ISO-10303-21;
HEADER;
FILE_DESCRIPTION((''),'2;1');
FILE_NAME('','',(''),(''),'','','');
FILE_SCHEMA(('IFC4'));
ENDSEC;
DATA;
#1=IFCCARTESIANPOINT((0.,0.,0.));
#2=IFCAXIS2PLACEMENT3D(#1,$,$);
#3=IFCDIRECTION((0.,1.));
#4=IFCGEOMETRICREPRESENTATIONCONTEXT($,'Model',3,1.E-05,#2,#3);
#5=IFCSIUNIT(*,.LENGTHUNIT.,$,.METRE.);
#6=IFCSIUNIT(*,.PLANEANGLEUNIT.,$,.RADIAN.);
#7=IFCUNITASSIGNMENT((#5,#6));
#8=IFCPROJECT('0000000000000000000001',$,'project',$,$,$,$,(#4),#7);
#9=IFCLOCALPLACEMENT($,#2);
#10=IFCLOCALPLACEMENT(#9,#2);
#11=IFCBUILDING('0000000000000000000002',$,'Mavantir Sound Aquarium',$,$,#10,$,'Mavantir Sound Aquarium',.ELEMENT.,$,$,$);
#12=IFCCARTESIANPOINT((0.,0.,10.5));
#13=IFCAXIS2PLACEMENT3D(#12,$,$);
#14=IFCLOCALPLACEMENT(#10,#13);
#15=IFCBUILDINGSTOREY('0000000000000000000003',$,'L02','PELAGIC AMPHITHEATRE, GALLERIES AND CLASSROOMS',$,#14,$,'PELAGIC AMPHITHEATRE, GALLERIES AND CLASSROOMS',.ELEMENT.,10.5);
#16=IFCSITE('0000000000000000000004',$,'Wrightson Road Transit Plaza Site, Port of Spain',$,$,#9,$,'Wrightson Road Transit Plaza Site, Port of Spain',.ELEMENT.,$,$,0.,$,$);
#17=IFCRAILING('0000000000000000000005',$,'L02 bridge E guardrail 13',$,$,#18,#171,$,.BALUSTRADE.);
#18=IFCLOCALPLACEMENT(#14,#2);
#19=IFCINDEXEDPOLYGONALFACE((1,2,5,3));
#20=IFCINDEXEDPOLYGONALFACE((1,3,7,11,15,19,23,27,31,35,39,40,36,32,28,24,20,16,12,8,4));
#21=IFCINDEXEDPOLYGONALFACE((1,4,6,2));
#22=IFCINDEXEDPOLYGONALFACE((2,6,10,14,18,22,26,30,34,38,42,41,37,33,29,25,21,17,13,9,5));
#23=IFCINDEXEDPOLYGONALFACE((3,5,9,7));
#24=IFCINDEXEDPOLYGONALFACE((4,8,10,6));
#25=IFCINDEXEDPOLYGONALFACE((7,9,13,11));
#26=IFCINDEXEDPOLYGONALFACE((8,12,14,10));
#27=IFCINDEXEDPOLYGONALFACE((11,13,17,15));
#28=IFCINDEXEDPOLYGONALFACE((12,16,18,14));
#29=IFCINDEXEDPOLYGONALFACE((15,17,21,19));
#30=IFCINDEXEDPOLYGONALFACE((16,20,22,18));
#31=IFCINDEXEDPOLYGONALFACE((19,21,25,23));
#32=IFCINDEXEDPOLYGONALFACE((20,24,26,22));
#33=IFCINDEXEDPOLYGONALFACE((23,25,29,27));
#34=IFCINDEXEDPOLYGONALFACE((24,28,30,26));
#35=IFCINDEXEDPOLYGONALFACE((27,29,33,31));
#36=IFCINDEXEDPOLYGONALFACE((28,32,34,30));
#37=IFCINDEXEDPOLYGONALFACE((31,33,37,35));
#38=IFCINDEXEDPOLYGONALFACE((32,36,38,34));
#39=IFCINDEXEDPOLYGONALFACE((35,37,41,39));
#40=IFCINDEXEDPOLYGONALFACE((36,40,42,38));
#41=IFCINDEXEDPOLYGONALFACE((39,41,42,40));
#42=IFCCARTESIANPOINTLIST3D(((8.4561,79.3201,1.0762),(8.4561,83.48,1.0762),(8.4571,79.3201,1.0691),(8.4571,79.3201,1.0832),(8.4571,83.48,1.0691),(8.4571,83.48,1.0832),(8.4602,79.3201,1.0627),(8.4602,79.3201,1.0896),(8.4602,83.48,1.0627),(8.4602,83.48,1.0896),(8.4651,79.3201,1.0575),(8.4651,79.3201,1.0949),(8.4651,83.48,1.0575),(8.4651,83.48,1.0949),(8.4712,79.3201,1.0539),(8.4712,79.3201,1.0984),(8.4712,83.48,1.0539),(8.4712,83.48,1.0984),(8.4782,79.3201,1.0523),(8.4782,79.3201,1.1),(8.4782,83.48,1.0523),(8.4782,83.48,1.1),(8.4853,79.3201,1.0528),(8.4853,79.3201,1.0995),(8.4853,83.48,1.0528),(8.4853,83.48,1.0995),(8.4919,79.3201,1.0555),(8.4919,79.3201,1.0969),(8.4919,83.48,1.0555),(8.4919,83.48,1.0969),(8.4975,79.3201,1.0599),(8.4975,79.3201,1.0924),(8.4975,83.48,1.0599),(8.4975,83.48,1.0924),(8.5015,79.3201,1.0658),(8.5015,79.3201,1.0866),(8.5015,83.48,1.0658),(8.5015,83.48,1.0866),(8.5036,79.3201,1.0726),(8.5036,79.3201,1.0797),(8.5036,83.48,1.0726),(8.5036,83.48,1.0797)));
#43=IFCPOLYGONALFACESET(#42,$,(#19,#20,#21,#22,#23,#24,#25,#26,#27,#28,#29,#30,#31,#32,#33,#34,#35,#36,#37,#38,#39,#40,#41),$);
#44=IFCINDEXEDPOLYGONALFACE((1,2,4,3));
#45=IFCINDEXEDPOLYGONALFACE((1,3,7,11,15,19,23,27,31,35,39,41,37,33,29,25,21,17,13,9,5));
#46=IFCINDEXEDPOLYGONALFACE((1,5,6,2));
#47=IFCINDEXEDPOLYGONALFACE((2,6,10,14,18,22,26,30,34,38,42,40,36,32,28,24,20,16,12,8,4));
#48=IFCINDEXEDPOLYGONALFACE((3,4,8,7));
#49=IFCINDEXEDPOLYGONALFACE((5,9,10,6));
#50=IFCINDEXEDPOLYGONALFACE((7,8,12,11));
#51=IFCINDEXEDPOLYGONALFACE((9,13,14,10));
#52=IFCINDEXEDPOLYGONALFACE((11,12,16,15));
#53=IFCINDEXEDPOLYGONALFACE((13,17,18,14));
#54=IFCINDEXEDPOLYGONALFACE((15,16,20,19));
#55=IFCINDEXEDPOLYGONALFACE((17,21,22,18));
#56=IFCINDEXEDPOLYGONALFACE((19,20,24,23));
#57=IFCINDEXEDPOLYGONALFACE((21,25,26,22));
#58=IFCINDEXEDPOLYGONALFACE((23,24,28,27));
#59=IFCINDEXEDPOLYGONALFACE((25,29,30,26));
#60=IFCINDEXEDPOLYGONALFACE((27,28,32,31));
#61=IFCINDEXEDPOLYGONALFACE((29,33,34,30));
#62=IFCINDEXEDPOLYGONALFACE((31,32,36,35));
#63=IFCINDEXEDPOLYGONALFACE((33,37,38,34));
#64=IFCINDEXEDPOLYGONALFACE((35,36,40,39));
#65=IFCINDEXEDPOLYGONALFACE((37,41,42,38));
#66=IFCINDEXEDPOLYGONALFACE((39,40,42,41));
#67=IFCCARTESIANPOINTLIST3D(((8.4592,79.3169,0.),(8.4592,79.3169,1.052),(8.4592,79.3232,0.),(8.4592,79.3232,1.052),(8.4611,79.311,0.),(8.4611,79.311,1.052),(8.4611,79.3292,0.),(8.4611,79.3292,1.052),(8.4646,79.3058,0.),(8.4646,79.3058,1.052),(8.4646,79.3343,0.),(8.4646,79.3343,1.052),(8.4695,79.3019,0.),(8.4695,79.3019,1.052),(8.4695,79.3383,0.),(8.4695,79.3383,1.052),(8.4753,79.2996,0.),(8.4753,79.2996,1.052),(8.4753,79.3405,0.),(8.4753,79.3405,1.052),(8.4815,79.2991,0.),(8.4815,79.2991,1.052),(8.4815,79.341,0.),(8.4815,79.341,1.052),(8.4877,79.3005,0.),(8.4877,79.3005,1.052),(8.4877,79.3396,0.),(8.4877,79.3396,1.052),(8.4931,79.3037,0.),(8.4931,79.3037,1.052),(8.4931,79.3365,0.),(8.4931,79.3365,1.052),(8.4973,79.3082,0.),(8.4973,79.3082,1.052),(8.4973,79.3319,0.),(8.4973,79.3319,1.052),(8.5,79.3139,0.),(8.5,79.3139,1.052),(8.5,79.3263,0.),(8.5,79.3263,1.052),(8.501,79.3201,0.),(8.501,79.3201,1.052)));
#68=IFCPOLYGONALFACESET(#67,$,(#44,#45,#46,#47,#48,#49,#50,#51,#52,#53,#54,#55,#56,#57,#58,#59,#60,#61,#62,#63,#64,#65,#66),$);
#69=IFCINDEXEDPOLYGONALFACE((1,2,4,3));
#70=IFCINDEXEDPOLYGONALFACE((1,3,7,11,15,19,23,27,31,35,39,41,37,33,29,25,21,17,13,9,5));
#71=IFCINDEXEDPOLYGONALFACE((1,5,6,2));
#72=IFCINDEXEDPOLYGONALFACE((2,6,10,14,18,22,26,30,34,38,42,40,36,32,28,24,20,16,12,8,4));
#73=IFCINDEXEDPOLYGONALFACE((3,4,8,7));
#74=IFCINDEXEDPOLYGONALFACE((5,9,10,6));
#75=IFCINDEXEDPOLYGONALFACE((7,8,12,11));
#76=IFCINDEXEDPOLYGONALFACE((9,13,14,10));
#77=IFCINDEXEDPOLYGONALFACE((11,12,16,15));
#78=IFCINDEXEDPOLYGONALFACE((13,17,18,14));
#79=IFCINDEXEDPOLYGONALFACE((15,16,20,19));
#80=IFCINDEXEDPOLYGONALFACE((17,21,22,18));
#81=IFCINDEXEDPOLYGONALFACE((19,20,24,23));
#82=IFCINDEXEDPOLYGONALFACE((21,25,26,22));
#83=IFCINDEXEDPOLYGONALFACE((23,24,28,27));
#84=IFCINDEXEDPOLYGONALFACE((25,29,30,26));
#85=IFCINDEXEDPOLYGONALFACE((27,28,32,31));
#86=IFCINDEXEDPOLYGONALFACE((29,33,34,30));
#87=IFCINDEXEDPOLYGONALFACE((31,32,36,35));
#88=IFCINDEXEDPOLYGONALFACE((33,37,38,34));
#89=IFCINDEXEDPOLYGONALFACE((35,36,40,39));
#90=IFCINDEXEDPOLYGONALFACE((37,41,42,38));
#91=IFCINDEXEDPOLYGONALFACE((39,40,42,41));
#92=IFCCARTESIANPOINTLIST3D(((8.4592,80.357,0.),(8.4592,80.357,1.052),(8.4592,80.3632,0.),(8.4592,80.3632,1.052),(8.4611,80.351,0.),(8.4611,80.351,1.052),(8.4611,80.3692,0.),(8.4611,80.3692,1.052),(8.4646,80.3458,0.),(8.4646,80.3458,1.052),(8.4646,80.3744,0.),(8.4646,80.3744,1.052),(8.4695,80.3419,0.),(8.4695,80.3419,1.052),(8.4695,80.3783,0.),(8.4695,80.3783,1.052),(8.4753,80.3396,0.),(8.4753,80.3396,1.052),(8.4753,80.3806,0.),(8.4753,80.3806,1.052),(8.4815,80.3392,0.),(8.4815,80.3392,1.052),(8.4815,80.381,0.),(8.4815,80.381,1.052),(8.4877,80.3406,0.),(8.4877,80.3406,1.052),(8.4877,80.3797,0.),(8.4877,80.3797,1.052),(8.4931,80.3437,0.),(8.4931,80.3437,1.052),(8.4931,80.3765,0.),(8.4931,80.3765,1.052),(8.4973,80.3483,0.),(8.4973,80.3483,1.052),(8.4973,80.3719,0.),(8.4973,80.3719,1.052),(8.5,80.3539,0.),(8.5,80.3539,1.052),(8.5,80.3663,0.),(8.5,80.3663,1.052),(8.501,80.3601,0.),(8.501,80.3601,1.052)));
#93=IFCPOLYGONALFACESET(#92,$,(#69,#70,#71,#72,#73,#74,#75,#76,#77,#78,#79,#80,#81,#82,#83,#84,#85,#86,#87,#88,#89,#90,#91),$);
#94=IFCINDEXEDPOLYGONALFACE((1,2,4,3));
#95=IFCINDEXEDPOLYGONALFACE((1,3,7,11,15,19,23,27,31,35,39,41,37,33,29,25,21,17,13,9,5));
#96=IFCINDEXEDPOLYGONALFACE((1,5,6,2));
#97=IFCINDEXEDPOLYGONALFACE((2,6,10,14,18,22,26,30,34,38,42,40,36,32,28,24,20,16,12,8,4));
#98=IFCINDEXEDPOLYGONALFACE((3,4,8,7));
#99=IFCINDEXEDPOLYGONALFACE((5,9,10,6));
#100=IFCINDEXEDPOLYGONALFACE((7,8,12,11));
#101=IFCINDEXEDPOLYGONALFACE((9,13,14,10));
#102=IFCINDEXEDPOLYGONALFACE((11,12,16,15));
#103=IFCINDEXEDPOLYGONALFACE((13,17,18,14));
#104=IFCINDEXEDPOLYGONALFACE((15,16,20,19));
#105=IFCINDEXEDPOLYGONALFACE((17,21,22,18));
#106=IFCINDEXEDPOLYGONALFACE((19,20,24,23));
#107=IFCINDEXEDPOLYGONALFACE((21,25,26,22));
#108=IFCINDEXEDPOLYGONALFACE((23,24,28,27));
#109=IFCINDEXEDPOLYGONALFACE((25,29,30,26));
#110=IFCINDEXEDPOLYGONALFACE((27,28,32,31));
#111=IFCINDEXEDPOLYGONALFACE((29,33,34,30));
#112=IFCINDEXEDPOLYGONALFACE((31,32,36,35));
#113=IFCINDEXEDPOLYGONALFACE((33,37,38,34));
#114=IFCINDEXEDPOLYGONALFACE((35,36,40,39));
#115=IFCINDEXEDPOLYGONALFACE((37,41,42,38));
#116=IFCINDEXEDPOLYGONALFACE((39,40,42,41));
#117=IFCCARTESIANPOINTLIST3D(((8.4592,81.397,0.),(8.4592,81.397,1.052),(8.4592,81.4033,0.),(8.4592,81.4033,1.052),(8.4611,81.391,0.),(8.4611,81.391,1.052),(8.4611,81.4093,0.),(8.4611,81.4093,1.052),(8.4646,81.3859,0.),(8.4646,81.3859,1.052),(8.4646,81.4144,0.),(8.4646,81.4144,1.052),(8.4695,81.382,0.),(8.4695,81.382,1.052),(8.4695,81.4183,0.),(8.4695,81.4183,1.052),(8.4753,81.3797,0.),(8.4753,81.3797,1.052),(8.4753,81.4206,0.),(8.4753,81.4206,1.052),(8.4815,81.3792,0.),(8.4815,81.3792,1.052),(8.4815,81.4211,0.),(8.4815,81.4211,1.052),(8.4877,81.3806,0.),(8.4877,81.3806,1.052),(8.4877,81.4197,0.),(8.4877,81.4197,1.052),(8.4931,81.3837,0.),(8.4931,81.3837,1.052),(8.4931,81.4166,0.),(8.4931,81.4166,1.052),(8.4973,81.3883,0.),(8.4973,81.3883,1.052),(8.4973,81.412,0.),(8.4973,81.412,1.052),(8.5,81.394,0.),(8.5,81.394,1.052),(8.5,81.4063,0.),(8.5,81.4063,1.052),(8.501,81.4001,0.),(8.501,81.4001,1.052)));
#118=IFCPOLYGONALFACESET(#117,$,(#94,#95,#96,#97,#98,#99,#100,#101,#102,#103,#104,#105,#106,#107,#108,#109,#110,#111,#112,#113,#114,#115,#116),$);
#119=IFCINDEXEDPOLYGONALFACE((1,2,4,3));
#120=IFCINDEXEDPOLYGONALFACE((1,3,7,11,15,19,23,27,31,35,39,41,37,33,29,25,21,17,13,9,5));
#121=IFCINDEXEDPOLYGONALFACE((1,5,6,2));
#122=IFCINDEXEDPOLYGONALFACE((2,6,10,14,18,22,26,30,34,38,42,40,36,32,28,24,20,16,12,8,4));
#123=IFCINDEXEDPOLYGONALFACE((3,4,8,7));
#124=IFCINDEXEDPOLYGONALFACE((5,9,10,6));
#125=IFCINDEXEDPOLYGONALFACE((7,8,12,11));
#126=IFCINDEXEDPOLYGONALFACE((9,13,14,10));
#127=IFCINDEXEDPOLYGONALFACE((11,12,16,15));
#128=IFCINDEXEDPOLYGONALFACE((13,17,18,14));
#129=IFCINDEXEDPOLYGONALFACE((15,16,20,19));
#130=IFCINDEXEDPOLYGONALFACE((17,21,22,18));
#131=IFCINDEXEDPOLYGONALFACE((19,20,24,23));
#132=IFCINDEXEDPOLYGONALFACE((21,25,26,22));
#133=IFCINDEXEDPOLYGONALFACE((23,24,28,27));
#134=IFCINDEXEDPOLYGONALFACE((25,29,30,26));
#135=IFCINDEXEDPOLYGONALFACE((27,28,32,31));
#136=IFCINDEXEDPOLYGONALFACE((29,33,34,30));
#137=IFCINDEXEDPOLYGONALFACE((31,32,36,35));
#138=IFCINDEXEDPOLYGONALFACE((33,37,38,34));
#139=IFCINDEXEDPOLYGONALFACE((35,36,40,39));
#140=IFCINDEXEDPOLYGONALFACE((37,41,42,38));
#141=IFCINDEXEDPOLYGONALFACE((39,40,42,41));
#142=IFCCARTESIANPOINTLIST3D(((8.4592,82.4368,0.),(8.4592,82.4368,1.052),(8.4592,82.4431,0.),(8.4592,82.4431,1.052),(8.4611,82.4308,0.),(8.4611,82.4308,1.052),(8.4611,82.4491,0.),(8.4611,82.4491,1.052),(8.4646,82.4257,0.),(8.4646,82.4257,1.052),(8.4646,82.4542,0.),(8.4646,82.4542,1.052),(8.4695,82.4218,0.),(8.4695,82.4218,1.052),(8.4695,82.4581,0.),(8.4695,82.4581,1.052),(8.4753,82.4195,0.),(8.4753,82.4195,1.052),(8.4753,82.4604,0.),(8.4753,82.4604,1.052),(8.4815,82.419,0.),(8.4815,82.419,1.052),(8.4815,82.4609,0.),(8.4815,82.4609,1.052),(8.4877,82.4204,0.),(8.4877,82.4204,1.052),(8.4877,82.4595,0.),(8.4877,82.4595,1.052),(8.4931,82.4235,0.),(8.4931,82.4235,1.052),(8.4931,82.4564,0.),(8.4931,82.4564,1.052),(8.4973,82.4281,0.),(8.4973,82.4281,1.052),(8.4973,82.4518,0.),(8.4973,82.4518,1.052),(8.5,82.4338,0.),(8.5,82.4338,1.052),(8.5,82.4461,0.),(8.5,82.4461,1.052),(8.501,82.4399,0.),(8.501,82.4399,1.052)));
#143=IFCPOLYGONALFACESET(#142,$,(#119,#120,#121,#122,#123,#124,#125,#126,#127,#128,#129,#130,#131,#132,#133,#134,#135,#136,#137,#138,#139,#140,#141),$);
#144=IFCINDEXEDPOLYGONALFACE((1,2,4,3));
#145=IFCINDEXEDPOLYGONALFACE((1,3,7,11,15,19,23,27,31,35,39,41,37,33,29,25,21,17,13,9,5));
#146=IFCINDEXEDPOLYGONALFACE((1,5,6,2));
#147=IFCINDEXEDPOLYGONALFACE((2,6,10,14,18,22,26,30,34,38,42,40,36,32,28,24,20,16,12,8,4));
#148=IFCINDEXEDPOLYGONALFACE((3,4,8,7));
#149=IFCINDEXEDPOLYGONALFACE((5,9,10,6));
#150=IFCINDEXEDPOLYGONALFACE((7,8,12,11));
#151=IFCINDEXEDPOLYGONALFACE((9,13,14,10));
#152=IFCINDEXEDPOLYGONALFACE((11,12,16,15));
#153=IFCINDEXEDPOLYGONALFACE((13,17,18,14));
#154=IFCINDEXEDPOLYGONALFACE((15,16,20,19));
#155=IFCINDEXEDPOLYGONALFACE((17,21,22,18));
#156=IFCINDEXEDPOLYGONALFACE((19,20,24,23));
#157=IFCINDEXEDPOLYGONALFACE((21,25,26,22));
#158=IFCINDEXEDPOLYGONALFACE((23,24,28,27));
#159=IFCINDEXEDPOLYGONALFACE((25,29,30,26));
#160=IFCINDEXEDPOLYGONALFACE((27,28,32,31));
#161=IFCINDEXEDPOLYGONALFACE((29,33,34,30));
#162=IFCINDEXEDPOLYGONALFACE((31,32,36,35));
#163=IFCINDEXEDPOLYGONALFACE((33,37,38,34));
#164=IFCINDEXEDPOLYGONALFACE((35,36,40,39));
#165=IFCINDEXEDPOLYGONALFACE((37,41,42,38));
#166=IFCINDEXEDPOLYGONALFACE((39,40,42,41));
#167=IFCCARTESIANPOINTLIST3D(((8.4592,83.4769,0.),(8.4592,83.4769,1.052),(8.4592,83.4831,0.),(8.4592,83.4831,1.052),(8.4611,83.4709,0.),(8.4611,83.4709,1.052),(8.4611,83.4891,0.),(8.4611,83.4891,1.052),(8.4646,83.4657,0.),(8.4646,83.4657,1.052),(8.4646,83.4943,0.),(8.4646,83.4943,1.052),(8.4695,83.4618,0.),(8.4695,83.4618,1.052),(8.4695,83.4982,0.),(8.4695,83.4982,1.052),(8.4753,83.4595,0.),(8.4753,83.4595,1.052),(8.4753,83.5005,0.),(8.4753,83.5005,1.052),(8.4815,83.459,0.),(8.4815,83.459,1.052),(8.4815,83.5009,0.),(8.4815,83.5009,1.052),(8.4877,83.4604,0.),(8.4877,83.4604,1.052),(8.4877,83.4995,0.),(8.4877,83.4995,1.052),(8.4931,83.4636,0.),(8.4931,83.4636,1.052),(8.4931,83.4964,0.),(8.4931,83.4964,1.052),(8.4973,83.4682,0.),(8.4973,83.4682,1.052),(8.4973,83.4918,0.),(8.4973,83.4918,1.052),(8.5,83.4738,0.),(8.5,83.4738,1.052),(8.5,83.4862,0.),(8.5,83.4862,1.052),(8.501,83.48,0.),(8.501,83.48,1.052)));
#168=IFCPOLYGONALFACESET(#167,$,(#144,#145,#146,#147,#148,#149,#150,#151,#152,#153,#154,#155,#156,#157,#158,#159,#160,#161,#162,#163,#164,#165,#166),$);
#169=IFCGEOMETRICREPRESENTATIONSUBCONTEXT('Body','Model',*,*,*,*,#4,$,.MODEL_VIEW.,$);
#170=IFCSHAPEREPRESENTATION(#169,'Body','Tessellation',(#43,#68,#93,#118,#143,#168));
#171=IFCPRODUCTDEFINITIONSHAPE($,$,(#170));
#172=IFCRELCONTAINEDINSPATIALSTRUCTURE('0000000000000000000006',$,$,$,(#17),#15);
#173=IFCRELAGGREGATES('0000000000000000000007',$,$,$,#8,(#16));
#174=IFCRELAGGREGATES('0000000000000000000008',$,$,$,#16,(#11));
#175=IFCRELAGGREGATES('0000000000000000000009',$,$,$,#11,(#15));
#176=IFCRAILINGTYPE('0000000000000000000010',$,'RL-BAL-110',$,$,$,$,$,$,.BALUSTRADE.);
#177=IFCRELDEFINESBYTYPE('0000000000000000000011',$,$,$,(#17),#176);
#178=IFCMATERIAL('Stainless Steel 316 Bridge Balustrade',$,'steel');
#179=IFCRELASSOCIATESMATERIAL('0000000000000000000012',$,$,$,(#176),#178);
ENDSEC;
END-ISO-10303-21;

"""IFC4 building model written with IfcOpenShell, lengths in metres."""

from ifc_helpers import new_model, si_unit, direction, frame, origin, origin_2d, place, context, subcontext, project, spatial, circle, extrude, material, type_object, element, save


model = new_model("IFC4")

# Units and contexts
model_context = context("Model", 3, precision=1e-05, world=origin(), true_north=direction((0.0, 1.0)))
body_context = subcontext(model_context, "Body", "Model", "MODEL_VIEW")
ifc_project = project(units=[si_unit("LENGTHUNIT", "METRE"), si_unit("PLANEANGLEUNIT", "RADIAN")], contexts=[model_context])

# Site, building, storey
site_placement = place(None, origin())
site = spatial("IfcSite", under=ifc_project, at=site_placement, Name="Wrightson Road Transit Plaza Site, Port of Spain", LongName="Wrightson Road Transit Plaza Site, Port of Spain", CompositionType="ELEMENT", RefElevation=0.0)
building_placement = place(site_placement, origin())
building = spatial("IfcBuilding", under=site, at=building_placement, Name="Mavantir Sound Aquarium", LongName="Mavantir Sound Aquarium", CompositionType="ELEMENT")
storey_placement = place(building_placement, frame((0.0, 0.0, 10.5)))
storey = spatial("IfcBuildingStorey", under=building, at=storey_placement, Name="L02", Description="PELAGIC AMPHITHEATRE, GALLERIES AND CLASSROOMS", LongName="PELAGIC AMPHITHEATRE, GALLERIES AND CLASSROOMS", CompositionType="ELEMENT", Elevation=10.5)

# Railing
ifc_material_1 = material(Name="Stainless Steel 316 Bridge Balustrade", Category="steel")
railing_type_1 = type_object("IfcRailingType", Name="RL-BAL-110", PredefinedType="BALUSTRADE", material=ifc_material_1)
railing_1_placement = place(storey_placement, frame((8.48, 79.3201, 0.0)))
element("IfcRailing", 1, at=railing_1_placement, inside=storey, type_object=railing_type_1, Name="L02 bridge E guardrail 13", PredefinedType="BALUSTRADE", context=body_context, shape_type="SweptSolid", body=[
    extrude(circle(Radius=0.0239, at=origin_2d()), frame((0.0, 0.0, 1.0762), z_axis=(0.0, 1.0, 0.0), x_axis=(-1.0, 0.0, 0.0)), (0.0, 0.0, 1.0), 4.1599),
    extrude(circle(Radius=0.021, at=origin_2d()), origin(), (0.0, 0.0, 1.0), 1.052),
    extrude(circle(Radius=0.021, at=origin_2d()), frame((0.0, 1.04, 0.0)), (0.0, 0.0, 1.0), 1.052),
    extrude(circle(Radius=0.021, at=origin_2d()), frame((0.0, 2.0801, 0.0)), (0.0, 0.0, 1.0), 1.052),
    extrude(circle(Radius=0.021, at=origin_2d()), frame((0.0, 3.1199, 0.0)), (0.0, 0.0, 1.0), 1.052),
    extrude(circle(Radius=0.021, at=origin_2d()), frame((0.0, 4.1599, 0.0)), (0.0, 0.0, 1.0), 1.052),
])

save(model, "model.ifc")
